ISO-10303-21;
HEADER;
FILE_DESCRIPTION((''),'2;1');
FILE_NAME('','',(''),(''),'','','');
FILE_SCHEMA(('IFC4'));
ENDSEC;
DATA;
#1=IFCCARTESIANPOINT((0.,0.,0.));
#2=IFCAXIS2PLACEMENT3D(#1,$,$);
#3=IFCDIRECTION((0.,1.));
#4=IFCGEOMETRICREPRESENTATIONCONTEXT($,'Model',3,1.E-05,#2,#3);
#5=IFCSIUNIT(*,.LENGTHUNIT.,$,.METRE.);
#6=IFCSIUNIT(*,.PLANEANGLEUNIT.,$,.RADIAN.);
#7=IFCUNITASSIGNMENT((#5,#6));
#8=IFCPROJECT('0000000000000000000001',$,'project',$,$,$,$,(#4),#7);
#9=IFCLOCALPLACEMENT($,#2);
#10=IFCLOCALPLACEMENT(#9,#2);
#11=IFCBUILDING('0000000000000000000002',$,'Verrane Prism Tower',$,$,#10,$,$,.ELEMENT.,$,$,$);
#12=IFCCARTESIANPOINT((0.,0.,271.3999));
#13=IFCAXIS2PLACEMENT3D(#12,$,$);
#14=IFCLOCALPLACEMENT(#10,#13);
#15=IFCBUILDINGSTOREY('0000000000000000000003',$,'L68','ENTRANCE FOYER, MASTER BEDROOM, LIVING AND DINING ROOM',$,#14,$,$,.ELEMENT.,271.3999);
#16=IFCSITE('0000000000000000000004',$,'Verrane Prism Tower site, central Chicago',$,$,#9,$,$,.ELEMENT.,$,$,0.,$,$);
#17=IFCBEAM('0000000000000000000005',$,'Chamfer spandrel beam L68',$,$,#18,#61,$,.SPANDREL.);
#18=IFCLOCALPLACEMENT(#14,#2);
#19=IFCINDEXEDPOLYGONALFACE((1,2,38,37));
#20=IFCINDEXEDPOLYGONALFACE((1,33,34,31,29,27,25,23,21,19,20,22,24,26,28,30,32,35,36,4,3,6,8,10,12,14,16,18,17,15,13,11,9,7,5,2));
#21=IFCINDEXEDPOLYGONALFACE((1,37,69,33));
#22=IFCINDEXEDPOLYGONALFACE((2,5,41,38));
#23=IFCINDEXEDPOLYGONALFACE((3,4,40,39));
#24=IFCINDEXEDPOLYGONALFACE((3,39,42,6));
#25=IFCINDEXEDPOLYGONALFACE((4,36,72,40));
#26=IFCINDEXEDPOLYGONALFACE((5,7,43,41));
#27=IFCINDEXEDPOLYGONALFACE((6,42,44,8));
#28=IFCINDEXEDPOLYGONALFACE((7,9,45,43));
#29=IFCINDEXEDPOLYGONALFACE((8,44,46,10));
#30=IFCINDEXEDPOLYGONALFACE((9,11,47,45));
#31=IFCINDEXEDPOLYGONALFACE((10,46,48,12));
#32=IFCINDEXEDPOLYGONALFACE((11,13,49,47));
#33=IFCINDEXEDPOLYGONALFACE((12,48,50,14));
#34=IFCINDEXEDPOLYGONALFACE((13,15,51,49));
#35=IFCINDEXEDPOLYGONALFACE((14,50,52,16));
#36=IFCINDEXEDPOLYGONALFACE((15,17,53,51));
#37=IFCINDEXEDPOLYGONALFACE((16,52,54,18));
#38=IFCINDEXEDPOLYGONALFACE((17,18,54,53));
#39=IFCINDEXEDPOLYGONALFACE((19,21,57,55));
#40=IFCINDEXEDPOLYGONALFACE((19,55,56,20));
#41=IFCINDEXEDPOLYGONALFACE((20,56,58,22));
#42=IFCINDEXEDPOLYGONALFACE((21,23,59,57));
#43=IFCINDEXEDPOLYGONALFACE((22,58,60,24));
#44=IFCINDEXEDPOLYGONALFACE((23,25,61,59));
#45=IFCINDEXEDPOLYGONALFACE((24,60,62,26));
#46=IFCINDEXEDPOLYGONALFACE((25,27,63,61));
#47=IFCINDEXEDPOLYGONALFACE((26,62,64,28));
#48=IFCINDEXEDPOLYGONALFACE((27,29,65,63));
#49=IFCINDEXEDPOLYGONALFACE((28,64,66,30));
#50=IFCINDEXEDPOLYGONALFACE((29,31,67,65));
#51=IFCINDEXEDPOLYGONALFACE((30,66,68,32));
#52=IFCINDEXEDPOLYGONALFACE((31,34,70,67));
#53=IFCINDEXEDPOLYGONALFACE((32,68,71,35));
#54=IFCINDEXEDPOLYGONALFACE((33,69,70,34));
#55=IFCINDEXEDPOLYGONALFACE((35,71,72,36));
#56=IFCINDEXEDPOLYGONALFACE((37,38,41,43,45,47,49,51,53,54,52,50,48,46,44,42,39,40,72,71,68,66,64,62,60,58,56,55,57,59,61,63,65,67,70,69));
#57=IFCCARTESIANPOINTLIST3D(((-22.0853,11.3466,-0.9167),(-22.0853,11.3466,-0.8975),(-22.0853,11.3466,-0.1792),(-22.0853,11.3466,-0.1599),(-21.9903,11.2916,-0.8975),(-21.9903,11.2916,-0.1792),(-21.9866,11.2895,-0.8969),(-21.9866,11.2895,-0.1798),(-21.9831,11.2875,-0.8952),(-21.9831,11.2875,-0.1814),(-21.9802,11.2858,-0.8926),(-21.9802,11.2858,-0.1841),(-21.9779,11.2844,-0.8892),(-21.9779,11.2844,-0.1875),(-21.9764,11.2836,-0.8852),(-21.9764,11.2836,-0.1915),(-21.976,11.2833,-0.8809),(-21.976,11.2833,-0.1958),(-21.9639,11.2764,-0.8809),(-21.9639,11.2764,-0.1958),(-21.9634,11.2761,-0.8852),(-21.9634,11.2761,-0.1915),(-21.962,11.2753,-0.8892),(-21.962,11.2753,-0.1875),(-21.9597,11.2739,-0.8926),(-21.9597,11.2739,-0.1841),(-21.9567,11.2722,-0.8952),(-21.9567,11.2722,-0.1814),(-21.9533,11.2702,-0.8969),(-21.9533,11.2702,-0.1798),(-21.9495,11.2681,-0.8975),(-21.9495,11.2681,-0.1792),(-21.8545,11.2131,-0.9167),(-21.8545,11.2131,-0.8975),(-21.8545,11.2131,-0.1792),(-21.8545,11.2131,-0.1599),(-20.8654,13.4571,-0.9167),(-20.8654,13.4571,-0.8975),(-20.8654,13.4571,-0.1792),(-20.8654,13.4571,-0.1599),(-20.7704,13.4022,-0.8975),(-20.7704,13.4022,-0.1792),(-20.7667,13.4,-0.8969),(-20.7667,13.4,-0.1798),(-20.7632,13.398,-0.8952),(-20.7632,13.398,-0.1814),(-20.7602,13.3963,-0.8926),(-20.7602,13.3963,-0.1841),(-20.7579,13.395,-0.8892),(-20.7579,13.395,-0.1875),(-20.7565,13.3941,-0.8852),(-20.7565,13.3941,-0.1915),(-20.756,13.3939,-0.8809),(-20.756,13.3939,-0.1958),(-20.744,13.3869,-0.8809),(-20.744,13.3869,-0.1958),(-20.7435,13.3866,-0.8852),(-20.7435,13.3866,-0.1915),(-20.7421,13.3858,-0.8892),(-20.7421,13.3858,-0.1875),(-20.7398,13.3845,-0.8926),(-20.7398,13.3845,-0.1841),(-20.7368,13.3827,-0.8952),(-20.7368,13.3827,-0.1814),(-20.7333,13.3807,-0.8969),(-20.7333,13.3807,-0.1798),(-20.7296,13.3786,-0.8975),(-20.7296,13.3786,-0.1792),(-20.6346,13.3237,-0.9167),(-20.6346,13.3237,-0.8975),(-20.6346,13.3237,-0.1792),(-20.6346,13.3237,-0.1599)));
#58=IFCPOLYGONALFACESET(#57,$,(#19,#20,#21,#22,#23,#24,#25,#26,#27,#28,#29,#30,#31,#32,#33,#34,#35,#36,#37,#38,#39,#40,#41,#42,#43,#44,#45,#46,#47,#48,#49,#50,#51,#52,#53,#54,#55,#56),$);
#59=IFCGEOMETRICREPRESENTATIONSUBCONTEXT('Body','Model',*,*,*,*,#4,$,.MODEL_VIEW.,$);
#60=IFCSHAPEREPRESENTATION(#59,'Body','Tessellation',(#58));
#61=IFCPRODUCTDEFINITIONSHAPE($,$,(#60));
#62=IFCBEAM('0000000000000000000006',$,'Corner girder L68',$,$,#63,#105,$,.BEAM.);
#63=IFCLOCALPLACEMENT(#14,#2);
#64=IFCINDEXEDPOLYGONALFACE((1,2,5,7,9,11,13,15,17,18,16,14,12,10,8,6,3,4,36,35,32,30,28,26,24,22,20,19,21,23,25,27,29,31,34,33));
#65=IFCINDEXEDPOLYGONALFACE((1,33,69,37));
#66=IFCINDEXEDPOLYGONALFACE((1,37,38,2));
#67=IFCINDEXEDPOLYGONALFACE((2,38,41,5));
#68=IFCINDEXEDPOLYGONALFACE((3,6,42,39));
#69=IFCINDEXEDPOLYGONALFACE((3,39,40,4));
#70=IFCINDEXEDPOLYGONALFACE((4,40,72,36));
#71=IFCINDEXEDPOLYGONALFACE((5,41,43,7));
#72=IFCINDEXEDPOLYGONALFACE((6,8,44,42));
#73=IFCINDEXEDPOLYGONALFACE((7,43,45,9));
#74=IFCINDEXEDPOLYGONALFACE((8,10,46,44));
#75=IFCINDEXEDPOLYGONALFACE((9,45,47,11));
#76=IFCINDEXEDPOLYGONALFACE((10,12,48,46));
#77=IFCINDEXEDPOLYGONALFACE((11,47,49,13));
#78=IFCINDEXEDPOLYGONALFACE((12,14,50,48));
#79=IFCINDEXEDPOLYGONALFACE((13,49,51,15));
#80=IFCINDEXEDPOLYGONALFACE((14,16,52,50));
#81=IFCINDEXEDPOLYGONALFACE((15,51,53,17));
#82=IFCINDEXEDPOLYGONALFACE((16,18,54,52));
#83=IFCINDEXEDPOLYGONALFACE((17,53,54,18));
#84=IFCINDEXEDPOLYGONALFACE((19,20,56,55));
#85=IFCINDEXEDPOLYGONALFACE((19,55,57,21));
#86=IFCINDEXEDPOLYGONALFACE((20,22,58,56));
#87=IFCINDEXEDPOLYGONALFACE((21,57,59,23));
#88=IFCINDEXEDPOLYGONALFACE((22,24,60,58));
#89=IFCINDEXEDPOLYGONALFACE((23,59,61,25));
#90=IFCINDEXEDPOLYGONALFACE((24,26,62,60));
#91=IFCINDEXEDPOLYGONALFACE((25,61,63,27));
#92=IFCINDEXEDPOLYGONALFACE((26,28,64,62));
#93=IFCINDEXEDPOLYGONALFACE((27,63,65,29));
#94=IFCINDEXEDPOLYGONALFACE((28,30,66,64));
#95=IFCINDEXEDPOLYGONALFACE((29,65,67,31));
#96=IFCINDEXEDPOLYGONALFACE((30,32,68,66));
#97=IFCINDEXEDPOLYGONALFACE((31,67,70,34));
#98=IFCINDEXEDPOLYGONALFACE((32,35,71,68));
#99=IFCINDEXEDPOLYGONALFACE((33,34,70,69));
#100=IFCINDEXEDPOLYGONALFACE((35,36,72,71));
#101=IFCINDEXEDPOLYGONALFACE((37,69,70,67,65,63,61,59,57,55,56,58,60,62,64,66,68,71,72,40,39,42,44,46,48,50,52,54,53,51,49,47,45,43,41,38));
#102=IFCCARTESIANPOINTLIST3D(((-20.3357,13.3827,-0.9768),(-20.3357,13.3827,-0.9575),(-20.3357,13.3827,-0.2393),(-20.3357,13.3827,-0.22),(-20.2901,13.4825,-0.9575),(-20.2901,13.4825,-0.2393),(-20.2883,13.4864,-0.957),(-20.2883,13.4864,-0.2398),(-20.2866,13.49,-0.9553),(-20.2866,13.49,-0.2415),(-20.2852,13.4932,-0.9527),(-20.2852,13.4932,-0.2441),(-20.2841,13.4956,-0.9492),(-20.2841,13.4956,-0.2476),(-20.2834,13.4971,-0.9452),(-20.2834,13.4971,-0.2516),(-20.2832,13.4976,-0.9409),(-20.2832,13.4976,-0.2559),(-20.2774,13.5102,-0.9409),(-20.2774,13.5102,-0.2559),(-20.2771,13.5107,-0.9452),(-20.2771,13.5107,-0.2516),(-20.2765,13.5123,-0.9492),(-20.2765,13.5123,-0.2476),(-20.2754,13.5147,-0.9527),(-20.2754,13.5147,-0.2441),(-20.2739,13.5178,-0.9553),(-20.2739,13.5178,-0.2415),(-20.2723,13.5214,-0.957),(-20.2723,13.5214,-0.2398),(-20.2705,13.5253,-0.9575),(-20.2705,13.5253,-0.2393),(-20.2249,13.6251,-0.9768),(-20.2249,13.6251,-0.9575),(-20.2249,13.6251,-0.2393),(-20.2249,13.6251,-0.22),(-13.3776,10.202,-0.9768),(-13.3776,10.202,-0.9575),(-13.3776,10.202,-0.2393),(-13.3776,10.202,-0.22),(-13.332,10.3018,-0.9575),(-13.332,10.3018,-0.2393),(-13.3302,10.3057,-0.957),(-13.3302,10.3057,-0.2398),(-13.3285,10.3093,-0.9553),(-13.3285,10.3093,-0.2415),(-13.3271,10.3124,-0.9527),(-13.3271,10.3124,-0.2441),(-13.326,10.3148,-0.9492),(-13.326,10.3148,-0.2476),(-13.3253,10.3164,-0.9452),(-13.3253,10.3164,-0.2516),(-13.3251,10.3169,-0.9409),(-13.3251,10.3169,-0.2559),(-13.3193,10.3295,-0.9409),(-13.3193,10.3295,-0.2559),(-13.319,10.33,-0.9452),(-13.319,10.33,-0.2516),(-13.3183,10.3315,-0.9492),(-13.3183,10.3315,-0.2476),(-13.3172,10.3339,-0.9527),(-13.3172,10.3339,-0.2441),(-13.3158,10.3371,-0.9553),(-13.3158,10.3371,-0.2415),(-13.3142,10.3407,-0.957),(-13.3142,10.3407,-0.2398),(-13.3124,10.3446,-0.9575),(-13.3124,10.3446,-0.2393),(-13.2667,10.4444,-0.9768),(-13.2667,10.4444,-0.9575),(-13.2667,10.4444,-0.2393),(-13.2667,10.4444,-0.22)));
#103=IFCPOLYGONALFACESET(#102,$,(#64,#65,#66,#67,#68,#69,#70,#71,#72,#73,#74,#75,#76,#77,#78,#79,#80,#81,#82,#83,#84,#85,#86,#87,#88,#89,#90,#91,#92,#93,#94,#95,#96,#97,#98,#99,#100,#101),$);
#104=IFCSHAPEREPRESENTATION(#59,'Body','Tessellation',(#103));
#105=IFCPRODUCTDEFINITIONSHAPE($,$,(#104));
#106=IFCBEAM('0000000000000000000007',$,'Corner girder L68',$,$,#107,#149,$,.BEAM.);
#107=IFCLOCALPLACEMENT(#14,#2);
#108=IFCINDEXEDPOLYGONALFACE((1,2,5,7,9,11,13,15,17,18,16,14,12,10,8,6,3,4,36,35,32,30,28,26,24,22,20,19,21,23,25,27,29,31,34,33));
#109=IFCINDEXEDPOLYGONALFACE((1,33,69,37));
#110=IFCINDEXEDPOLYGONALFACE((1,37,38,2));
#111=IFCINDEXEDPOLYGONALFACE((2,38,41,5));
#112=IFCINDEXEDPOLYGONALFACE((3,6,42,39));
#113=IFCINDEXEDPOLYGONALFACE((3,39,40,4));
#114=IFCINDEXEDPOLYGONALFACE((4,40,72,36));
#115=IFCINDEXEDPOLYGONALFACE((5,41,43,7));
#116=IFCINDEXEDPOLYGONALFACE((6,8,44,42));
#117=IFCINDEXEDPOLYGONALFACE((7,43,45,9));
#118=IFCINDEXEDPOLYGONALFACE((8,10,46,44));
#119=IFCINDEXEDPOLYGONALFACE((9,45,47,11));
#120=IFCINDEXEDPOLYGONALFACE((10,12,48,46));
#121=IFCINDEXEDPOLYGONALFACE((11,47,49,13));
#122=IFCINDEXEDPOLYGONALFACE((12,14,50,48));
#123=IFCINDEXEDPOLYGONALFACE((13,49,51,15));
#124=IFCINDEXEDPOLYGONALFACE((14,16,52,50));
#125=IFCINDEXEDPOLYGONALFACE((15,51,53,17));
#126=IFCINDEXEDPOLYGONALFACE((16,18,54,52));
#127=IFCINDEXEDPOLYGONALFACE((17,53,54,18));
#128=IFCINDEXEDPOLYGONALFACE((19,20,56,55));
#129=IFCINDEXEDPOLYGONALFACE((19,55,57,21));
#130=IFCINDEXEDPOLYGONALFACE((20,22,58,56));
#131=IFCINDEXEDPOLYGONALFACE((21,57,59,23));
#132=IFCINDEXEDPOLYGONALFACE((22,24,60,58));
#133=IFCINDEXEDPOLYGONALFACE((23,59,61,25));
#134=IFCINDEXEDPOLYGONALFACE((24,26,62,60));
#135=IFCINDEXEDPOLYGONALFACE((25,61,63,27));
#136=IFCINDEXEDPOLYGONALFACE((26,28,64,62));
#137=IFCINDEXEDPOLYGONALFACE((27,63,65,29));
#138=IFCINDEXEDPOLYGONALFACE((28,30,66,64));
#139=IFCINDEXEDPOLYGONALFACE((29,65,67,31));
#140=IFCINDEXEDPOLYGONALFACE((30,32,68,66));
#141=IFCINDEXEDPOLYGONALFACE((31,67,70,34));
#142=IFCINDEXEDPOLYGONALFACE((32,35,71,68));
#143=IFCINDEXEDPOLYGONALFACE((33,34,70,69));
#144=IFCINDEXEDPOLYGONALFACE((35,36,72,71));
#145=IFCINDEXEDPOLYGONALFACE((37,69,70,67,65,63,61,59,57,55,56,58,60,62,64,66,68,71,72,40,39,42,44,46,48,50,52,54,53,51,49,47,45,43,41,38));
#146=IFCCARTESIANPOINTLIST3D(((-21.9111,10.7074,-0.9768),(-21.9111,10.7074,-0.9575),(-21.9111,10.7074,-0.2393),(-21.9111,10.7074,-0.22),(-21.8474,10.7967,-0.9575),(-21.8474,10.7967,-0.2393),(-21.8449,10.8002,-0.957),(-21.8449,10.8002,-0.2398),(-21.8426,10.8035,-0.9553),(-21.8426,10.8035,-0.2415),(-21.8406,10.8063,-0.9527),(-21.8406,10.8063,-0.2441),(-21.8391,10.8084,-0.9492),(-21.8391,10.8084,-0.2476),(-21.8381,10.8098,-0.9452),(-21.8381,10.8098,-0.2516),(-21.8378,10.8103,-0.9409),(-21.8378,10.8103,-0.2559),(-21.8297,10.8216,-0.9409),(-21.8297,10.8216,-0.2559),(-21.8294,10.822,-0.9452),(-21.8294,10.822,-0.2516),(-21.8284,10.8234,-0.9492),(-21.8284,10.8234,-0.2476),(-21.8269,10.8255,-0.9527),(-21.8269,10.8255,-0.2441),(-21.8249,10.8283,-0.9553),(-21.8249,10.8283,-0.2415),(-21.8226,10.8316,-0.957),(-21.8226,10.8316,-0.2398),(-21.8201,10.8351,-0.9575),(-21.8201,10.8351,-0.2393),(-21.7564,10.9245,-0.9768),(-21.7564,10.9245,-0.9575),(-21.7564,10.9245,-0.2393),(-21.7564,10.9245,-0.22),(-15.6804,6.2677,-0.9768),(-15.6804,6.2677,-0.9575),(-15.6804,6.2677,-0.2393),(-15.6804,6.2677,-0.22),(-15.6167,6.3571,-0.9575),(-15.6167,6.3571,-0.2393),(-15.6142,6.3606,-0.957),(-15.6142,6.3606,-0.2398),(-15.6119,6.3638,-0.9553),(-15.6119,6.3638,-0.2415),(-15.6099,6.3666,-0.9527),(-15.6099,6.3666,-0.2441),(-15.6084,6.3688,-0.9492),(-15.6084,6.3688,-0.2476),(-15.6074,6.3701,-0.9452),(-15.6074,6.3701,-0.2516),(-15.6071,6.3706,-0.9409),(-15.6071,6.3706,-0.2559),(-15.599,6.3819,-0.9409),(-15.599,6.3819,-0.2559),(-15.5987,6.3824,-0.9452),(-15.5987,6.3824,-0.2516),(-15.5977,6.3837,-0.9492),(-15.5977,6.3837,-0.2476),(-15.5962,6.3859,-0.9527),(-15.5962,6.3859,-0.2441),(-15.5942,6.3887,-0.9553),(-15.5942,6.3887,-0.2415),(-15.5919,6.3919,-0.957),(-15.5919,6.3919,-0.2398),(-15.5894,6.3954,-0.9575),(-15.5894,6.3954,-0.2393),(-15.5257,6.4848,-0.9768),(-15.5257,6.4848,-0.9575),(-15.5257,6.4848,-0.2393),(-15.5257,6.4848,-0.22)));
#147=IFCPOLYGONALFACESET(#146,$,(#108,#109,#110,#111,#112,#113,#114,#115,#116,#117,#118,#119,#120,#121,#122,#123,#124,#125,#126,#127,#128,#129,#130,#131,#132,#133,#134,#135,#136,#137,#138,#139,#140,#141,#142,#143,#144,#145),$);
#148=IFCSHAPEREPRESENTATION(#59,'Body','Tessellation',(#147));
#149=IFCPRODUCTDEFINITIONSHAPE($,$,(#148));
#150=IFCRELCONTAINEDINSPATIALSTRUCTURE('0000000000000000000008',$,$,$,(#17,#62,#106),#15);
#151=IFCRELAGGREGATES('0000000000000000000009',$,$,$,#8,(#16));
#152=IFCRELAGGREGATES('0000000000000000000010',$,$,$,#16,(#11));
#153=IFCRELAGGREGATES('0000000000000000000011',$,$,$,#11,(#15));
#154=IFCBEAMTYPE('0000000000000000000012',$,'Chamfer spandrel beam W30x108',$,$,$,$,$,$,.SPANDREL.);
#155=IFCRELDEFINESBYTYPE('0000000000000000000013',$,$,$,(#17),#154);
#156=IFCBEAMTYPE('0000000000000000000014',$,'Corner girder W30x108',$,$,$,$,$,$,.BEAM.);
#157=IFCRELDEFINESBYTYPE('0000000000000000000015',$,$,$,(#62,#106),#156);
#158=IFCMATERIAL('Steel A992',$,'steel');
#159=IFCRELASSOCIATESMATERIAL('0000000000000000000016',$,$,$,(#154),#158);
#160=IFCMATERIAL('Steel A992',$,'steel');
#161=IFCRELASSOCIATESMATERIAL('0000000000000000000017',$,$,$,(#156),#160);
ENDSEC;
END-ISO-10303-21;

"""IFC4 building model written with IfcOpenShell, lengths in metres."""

from ifc_helpers import new_model, si_unit, direction, frame, origin, origin_2d, place, context, subcontext, project, spatial, i_section, extrude, material, material_profile, profile_set, type_object, element, save


model = new_model("IFC4")

# Units and contexts
model_context = context("Model", 3, precision=1e-05, world=origin(), true_north=direction((0.0, 1.0)))
body_context = subcontext(model_context, "Body", "Model", "MODEL_VIEW")
ifc_project = project(units=[si_unit("LENGTHUNIT", "METRE"), si_unit("PLANEANGLEUNIT", "RADIAN")], contexts=[model_context])

# Site, building, storey
site_placement = place(None, origin())
site = spatial("IfcSite", under=ifc_project, at=site_placement, Name="Verrane Prism Tower site, central Chicago", CompositionType="ELEMENT", RefElevation=0.0)
building_placement = place(site_placement, origin())
building = spatial("IfcBuilding", under=site, at=building_placement, Name="Verrane Prism Tower", CompositionType="ELEMENT")
storey_placement = place(building_placement, frame((0.0, 0.0, 271.3999)))
storey = spatial("IfcBuildingStorey", under=building, at=storey_placement, Name="L68", Description="ENTRANCE FOYER, MASTER BEDROOM, LIVING AND DINING ROOM", CompositionType="ELEMENT", Elevation=271.3999)

# Beams
ifc_material_1 = material(Name="Steel A992", Category="steel")
ifc_material_profile_1 = material_profile(ifc_material_1, i_section(OverallWidth=0.2666, OverallDepth=0.7568, WebThickness=0.0139, FlangeThickness=0.0193, FilletRadius=0.0166, at=origin_2d()), Name="W30x108")
ifc_profile_set_1 = profile_set([ifc_material_profile_1], Name="Steel A992")
beam_type_1 = type_object("IfcBeamType", Name="Chamfer spandrel beam W30x108", PredefinedType="SPANDREL", material=ifc_profile_set_1)
beam_1_placement = place(storey_placement, frame((-20.75, 13.3904, -0.5383), z_axis=(-0.500436, -0.865773, 0.0), x_axis=(0.865773, -0.500436, 0.0)))
element("IfcBeam", 1, at=beam_1_placement, inside=storey, type_object=beam_type_1, Name="Chamfer spandrel beam L68", PredefinedType="SPANDREL", context=body_context, shape_type="SweptSolid", body=[
    extrude(i_section(OverallWidth=0.2666, OverallDepth=0.7568, WebThickness=0.0139, FlangeThickness=0.0193, FilletRadius=0.0166, at=origin_2d()), origin(), (0.0, 0.0, 1.0), 2.4377),
])
ifc_material_2 = material(Name="Steel A992", Category="steel")
ifc_material_profile_2 = material_profile(ifc_material_2, i_section(OverallWidth=0.2666, OverallDepth=0.7568, WebThickness=0.0139, FlangeThickness=0.0193, FilletRadius=0.0166, at=origin_2d()), Name="W30x108")
ifc_profile_set_2 = profile_set([ifc_material_profile_2], Name="Steel A992")
beam_type_2 = type_object("IfcBeamType", Name="Corner girder W30x108", PredefinedType="BEAM", material=ifc_profile_set_2)
for number, where, z_axis, x_axis, name in (
    (2, (-20.2803, 13.5039, -0.5984), (0.909481, -0.415745, 0.0), (0.415745, 0.909481, 0.0), "Corner girder L68"),
    (3, (-21.8337, 10.8159, -0.5984), (0.814401, -0.580302, 0.0), (0.580302, 0.814401, 0.0), "Corner girder L68"),
):
    element("IfcBeam", number, at=place(storey_placement, frame(where, z_axis=z_axis, x_axis=x_axis)), inside=storey, type_object=beam_type_2, Name=name, PredefinedType="BEAM", context=body_context, shape_type="SweptSolid", body=[
        extrude(i_section(OverallWidth=0.2666, OverallDepth=0.7568, WebThickness=0.0139, FlangeThickness=0.0193, FilletRadius=0.0166, at=origin_2d()), origin(), (0.0, 0.0, 1.0), 7.6506),
    ])

save(model, "model.ifc")
